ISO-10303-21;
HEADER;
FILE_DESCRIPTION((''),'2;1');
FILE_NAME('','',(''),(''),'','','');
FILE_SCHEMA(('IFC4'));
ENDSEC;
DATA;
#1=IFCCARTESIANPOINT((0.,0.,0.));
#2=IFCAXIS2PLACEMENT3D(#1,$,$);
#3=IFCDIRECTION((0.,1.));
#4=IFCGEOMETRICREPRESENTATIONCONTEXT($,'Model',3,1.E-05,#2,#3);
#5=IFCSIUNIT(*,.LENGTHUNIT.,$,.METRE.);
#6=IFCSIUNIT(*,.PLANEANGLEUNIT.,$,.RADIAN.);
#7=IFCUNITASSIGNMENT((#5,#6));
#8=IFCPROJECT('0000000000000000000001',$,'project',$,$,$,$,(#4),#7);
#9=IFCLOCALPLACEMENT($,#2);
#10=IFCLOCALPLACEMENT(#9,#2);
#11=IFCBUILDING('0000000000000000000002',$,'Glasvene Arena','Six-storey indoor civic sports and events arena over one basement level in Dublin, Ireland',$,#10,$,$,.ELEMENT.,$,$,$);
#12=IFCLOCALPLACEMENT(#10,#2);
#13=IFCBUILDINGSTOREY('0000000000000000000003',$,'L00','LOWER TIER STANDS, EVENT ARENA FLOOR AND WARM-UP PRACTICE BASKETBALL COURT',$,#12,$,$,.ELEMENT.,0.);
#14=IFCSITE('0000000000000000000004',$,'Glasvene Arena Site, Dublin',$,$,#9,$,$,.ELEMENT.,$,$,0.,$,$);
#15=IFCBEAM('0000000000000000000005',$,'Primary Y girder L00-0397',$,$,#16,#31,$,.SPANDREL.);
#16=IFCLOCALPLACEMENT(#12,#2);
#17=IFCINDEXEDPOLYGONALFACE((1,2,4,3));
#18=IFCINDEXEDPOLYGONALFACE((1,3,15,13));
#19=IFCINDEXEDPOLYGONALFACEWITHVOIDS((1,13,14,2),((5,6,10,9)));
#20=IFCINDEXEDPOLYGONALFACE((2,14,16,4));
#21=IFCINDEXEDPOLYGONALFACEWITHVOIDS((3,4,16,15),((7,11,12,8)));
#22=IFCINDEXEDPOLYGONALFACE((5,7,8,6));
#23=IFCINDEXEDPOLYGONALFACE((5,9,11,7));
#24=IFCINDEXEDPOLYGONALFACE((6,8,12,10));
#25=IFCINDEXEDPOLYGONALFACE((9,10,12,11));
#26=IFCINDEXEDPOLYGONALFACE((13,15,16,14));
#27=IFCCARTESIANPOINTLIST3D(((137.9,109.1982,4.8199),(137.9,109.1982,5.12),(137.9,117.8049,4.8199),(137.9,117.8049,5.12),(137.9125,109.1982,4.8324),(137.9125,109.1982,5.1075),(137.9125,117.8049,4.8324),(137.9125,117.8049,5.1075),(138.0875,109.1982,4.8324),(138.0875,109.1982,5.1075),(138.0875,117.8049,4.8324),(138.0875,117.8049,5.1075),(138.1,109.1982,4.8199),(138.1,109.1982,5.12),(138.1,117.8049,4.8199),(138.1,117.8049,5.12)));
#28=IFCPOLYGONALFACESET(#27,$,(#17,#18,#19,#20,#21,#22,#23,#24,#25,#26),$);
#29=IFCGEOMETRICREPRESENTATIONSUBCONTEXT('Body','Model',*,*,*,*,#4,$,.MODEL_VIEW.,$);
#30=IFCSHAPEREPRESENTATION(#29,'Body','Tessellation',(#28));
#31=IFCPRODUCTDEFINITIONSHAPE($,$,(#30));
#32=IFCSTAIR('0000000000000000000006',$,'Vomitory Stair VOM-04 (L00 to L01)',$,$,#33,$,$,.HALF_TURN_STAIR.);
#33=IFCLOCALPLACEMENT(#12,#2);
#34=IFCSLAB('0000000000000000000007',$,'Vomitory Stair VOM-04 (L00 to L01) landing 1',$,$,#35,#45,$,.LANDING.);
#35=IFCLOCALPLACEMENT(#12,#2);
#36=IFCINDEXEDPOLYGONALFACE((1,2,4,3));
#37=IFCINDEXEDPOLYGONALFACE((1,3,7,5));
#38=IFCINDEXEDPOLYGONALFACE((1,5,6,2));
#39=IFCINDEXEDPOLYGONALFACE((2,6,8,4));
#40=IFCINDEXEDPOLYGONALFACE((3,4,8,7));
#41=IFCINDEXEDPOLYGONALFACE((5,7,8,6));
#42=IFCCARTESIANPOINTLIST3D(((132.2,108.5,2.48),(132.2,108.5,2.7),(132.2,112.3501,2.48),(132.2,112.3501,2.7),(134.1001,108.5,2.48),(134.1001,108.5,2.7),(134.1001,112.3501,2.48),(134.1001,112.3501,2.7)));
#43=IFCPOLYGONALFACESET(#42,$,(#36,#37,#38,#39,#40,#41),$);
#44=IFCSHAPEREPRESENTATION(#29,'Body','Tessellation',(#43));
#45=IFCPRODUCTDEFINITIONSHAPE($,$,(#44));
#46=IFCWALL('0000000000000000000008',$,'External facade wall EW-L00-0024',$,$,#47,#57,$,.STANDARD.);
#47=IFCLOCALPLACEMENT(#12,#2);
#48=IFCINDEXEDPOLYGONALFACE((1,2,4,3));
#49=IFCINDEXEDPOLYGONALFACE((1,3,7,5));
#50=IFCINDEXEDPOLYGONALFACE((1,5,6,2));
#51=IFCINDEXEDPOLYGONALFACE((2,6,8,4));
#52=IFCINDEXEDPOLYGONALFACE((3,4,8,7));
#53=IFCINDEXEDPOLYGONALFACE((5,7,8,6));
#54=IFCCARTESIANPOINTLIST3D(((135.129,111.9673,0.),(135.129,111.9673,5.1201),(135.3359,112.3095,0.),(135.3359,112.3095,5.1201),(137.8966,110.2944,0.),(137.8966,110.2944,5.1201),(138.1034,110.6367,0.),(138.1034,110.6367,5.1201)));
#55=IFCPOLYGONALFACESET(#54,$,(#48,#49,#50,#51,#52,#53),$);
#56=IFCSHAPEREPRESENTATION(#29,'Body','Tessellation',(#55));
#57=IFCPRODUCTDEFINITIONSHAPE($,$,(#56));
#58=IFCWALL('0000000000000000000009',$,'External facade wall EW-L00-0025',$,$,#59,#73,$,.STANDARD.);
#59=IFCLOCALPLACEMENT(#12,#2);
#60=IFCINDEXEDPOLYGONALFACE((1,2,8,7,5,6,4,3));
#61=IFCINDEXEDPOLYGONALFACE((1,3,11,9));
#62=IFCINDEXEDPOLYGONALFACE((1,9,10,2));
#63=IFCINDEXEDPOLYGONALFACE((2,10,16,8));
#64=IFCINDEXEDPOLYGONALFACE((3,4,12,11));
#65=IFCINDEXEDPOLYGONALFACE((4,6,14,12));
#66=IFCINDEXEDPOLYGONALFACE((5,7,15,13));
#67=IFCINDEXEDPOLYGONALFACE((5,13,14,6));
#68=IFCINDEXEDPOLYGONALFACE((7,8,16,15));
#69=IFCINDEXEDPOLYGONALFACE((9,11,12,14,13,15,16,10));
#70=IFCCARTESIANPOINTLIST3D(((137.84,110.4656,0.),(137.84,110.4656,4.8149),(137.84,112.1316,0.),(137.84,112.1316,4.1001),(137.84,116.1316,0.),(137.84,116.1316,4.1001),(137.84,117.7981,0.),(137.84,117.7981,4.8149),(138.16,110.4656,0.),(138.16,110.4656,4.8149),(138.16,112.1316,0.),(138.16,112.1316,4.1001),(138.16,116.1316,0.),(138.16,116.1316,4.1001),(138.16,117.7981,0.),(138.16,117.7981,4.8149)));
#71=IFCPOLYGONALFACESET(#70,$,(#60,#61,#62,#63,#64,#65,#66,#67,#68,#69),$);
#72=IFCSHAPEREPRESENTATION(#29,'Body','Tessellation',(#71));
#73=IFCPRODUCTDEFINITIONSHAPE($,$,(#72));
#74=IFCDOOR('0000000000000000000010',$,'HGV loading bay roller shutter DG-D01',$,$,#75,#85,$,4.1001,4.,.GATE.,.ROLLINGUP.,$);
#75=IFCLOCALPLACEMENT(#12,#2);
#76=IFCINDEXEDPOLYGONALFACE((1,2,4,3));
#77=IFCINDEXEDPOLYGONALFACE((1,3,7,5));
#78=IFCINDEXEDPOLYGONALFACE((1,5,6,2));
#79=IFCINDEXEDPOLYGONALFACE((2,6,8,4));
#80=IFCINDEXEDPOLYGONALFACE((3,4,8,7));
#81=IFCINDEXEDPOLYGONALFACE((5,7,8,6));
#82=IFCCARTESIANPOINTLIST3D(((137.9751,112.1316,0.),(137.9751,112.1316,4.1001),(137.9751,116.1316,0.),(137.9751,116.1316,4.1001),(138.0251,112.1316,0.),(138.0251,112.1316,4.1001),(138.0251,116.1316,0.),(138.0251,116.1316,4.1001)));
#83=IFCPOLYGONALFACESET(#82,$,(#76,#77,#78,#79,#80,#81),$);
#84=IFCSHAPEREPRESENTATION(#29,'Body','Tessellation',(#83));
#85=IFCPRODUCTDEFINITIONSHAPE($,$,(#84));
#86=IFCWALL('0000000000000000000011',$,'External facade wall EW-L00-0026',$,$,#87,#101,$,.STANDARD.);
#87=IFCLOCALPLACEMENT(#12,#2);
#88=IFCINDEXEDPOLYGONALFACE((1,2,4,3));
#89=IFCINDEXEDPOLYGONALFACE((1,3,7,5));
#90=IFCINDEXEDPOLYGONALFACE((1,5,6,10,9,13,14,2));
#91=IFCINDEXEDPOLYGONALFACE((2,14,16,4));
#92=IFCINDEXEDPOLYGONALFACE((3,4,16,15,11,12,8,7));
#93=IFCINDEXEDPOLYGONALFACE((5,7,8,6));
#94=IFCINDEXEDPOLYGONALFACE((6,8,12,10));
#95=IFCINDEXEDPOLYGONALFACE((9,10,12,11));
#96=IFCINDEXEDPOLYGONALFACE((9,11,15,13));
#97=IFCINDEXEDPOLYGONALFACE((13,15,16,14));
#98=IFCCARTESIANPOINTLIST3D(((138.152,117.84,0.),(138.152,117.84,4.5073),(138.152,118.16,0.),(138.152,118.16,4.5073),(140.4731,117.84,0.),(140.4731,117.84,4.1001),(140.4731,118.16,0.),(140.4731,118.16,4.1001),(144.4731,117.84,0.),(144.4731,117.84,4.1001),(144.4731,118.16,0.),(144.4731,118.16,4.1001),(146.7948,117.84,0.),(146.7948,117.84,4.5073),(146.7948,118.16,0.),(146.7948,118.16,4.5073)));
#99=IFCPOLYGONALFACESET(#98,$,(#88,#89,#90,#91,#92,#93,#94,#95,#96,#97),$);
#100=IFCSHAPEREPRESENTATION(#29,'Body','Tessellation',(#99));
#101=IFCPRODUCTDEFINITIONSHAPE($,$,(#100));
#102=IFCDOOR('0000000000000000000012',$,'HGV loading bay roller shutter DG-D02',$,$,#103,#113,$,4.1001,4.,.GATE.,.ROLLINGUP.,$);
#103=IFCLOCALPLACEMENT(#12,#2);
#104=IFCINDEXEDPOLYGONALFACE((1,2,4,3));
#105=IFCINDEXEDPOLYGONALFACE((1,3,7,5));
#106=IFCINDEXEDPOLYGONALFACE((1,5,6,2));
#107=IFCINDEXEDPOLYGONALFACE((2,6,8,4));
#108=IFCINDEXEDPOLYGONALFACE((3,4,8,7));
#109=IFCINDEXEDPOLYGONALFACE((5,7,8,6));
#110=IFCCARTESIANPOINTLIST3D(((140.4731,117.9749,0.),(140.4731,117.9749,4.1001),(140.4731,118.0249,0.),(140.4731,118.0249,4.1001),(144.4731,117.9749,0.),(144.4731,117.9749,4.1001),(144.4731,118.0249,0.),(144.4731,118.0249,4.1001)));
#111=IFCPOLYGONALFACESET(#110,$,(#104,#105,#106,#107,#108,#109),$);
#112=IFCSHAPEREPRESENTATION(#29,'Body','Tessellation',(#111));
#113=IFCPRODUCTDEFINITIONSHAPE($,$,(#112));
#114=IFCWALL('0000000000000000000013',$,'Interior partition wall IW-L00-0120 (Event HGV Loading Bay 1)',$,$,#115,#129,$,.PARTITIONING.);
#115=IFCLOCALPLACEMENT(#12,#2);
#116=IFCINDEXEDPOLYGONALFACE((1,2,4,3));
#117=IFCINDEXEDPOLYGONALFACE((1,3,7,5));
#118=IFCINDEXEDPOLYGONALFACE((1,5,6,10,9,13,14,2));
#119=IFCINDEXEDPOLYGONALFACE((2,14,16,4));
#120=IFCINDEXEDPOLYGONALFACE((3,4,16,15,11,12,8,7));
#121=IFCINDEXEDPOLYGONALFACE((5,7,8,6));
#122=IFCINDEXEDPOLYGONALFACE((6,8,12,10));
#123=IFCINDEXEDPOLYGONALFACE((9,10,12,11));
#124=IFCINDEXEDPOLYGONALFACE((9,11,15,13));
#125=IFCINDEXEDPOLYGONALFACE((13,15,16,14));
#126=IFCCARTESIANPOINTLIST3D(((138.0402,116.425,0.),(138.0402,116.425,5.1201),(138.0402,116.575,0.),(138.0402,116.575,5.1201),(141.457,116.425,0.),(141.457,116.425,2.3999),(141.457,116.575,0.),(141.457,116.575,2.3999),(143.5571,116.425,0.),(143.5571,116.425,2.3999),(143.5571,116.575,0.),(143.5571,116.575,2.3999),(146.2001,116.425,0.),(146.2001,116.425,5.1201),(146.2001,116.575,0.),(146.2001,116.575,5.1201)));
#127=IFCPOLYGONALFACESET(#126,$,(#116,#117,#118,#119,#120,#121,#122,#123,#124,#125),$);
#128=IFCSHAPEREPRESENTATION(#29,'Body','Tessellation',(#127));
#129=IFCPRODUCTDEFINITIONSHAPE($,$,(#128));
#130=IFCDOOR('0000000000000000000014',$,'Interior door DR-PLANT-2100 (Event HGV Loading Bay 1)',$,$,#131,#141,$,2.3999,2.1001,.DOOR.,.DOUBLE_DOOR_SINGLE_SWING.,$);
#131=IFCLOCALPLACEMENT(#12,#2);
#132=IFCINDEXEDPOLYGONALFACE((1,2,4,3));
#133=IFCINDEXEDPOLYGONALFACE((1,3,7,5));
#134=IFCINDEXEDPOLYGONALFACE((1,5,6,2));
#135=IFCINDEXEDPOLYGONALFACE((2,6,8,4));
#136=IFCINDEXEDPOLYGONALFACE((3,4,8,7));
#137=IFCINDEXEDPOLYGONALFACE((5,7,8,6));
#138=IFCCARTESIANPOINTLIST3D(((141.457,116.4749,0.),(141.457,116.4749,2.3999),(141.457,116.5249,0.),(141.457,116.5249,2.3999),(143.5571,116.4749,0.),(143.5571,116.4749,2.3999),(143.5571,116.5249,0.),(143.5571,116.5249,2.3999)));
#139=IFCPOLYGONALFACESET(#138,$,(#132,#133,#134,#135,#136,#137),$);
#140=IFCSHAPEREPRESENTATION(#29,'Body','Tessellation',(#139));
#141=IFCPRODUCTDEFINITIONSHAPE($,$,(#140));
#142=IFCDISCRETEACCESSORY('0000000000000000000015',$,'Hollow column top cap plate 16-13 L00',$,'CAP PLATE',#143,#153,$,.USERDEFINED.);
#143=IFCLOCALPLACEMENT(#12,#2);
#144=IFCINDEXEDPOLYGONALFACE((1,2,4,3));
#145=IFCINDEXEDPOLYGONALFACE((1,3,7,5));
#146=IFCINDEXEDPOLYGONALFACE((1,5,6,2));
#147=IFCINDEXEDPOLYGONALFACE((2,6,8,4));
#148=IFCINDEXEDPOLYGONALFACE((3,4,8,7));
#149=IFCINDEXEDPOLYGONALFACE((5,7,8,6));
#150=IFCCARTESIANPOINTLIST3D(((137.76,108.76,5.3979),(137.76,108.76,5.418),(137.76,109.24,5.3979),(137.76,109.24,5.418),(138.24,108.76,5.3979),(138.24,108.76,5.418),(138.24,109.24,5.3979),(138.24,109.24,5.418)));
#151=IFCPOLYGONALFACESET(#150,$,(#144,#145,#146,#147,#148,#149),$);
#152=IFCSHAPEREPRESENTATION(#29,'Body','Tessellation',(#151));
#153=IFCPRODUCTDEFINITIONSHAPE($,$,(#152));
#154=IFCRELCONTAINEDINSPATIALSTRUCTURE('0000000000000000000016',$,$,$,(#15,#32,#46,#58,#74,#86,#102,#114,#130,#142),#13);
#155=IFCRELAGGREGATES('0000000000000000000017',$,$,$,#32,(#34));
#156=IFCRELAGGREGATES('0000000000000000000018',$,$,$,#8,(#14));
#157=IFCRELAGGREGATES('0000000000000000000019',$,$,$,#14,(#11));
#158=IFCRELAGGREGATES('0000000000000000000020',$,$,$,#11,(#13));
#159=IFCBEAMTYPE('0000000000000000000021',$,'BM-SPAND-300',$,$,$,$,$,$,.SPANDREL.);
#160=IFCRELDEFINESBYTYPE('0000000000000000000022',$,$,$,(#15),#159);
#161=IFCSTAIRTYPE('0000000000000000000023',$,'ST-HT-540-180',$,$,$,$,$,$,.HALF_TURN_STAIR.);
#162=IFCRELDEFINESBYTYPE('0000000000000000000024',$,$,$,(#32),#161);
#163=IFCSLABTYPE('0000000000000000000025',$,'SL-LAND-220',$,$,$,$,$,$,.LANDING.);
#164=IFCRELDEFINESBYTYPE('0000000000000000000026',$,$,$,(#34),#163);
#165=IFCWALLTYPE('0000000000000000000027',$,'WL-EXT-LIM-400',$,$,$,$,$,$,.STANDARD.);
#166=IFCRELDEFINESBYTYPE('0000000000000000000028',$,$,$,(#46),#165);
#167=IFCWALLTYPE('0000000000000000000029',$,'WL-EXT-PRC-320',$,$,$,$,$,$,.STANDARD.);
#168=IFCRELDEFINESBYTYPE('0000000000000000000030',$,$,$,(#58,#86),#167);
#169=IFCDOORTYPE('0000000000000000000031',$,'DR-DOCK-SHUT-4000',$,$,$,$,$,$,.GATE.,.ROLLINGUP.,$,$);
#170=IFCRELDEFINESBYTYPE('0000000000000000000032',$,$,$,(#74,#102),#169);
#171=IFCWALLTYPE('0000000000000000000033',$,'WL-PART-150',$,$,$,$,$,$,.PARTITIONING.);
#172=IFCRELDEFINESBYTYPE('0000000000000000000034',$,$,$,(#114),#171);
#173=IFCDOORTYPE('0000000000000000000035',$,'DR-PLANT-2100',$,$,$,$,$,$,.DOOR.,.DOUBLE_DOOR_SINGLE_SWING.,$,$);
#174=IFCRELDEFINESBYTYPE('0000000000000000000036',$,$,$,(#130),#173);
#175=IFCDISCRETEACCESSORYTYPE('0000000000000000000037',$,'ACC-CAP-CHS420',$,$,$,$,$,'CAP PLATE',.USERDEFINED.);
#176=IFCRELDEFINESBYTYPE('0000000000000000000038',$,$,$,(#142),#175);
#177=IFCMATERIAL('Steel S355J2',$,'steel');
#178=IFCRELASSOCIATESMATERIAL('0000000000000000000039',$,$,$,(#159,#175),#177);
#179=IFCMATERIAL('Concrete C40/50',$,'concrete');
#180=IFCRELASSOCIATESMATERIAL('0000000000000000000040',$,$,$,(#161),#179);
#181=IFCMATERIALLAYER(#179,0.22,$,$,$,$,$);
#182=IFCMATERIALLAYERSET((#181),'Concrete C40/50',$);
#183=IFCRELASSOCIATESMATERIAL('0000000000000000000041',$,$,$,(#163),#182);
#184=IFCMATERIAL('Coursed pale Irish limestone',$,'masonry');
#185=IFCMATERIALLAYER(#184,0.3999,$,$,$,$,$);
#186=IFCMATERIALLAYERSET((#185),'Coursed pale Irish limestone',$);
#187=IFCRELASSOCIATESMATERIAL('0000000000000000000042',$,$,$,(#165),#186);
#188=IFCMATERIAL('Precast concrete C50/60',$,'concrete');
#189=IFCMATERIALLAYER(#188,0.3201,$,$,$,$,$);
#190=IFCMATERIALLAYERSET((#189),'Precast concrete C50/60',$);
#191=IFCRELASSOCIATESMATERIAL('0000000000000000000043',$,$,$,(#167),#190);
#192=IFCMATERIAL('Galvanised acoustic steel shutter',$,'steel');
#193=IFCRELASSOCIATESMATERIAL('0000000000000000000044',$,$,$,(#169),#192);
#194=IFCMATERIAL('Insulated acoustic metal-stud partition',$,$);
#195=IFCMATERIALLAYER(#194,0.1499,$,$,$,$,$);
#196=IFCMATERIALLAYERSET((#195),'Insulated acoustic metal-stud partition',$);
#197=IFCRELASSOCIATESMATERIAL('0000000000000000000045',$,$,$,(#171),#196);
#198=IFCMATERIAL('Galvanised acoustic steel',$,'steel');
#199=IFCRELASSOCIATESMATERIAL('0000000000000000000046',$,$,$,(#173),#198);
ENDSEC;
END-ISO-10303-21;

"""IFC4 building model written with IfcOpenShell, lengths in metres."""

from ifc_helpers import new_model, si_unit, direction, frame, frame_2d, origin, origin_2d, place, context, subcontext, project, spatial, polyline, rectangle, hollow_rectangle, outline, extrude, material, layer, layer_set, material_profile, profile_set, type_object, element, fill, aggregate, save


model = new_model("IFC4")

# Units and contexts
model_context = context("Model", 3, precision=1e-05, world=origin(), true_north=direction((0.0, 1.0)))
body_context = subcontext(model_context, "Body", "Model", "MODEL_VIEW")
ifc_project = project(units=[si_unit("LENGTHUNIT", "METRE"), si_unit("PLANEANGLEUNIT", "RADIAN")], contexts=[model_context])

# Site, building, storey
site_placement = place(None, origin())
site = spatial("IfcSite", under=ifc_project, at=site_placement, Name="Glasvene Arena Site, Dublin", CompositionType="ELEMENT", RefElevation=0.0)
building_placement = place(site_placement, origin())
building = spatial("IfcBuilding", under=site, at=building_placement, Name="Glasvene Arena", Description="Six-storey indoor civic sports and events arena over one basement level in Dublin, Ireland", CompositionType="ELEMENT")
storey_placement = place(building_placement, origin())
storey = spatial("IfcBuildingStorey", under=building, at=storey_placement, Name="L00", Description="LOWER TIER STANDS, EVENT ARENA FLOOR AND WARM-UP PRACTICE BASKETBALL COURT", CompositionType="ELEMENT", Elevation=0.0)

# Shared definitions
ifc_material_1 = material(Name="Steel S355J2", Category="steel")

# Beam
ifc_material_profile_1 = material_profile(ifc_material_1, hollow_rectangle(XDim=0.2, YDim=0.3, WallThickness=0.0125, at=origin_2d()), Name="RHS 300x200x12.5")
ifc_profile_set_1 = profile_set([ifc_material_profile_1], Name="Steel S355J2")
beam_type_1 = type_object("IfcBeamType", Name="BM-SPAND-300", PredefinedType="SPANDREL", material=ifc_profile_set_1)
beam_placement = place(storey_placement, frame((138.0, 109.1982, 4.97), z_axis=(0.0, 1.0, 0.0), x_axis=(-1.0, 0.0, 0.0)))
element("IfcBeam", 1, at=beam_placement, inside=storey, type_object=beam_type_1, Name="Primary Y girder L00-0397", PredefinedType="SPANDREL", context=body_context, shape_type="SweptSolid", body=[
    extrude(hollow_rectangle(XDim=0.2, YDim=0.3, WallThickness=0.0125, at=origin_2d()), origin(), (0.0, 0.0, 1.0), 8.6067),
])

# Shared definitions
ifc_material_2 = material(Name="Concrete C40/50", Category="concrete")

# Stair, slab
stair_type = type_object("IfcStairType", Name="ST-HT-540-180", PredefinedType="HALF_TURN_STAIR", material=ifc_material_2)
stair_placement = place(storey_placement, origin())
stair = element("IfcStair", 2, at=stair_placement, inside=storey, type_object=stair_type, Name="Vomitory Stair VOM-04 (L00 to L01)", PredefinedType="HALF_TURN_STAIR")
ifc_layer_1 = layer(ifc_material_2, 0.22)
ifc_layer_set_1 = layer_set([ifc_layer_1], Name="Concrete C40/50")
slab_type_1 = type_object("IfcSlabType", Name="SL-LAND-220", PredefinedType="LANDING", material=ifc_layer_set_1)
slab_1_placement = place(storey_placement, frame((133.1499, 110.425, 2.48)))
slab_1 = element("IfcSlab", 3, at=slab_1_placement, type_object=slab_type_1, Name="Vomitory Stair VOM-04 (L00 to L01) landing 1", PredefinedType="LANDING", context=body_context, shape_type="SweptSolid", body=[
    extrude(outline(polyline([(-0.95, -1.925), (0.9502, -1.925), (0.9502, 1.925), (-0.95, 1.925), (-0.95, -1.925)])), origin(), (0.0, 0.0, 1.0), 0.22),
])
aggregate(stair, [slab_1])

# Wall
ifc_material_3 = material(Name="Coursed pale Irish limestone", Category="masonry")
ifc_layer_2 = layer(ifc_material_3, 0.3999)
ifc_layer_set_2 = layer_set([ifc_layer_2], Name="Coursed pale Irish limestone")
wall_type_1 = type_object("IfcWallType", Name="WL-EXT-LIM-400", PredefinedType="STANDARD", material=ifc_layer_set_2)
wall_1_placement = place(storey_placement, frame((135.2324, 112.1384, 0.0), z_axis=(0.0, 0.0, 1.0), x_axis=(0.85581, -0.517291, 0.0)))
element("IfcWall", 4, at=wall_1_placement, inside=storey, type_object=wall_type_1, Name="External facade wall EW-L00-0024", PredefinedType="STANDARD", context=body_context, shape_type="SweptSolid", body=[
    extrude(rectangle(XDim=3.2339, YDim=0.3999, at=frame_2d((1.6169, 0.0))), origin(), (0.0, 0.0, 1.0), 5.1201),
])

# Walls, openings, doors
ifc_material_4 = material(Name="Precast concrete C50/60", Category="concrete")
ifc_layer_3 = layer(ifc_material_4, 0.3201)
ifc_layer_set_3 = layer_set([ifc_layer_3], Name="Precast concrete C50/60")
wall_type_2 = type_object("IfcWallType", Name="WL-EXT-PRC-320", PredefinedType="STANDARD", material=ifc_layer_set_3)
wall_2_placement = place(storey_placement, frame((138.0, 110.4656, 0.0), z_axis=(0.0, 0.0, 1.0), x_axis=(0.0, 1.0, 0.0)))
wall_2 = element("IfcWall", 5, at=wall_2_placement, inside=storey, type_object=wall_type_2, Name="External facade wall EW-L00-0025", PredefinedType="STANDARD", context=body_context, shape_type="SweptSolid", body=[
    extrude(rectangle(XDim=7.3325, YDim=0.3201, at=frame_2d((3.6663, 0.0))), origin(), (0.0, 0.0, 1.0), 4.8149),
])
opening_1_placement = place(wall_2_placement, frame((1.666, 0.0, 0.0)))
opening_1 = element("IfcOpeningElement", 6, at=opening_1_placement, cuts=wall_2, PredefinedType="OPENING", context=body_context, shape_type="SweptSolid", body=[
    extrude(rectangle(XDim=4.0, YDim=4.1001, at=frame_2d((2.0, 2.05))), frame((0.0, 0.1699, 0.0), z_axis=(0.0, -1.0, 0.0), x_axis=(1.0, 0.0, 0.0)), (0.0, 0.0, 1.0), 0.3401),
])
ifc_material_5 = material(Name="Galvanised acoustic steel shutter", Category="steel")
door_type_1 = type_object("IfcDoorType", Name="DR-DOCK-SHUT-4000", OperationType="ROLLINGUP", PredefinedType="GATE", material=ifc_material_5)
door_1_placement = place(opening_1_placement, origin())
door_1 = element("IfcDoor", 7, at=door_1_placement, inside=storey, type_object=door_type_1, Name="HGV loading bay roller shutter DG-D01", OperationType="ROLLINGUP", OverallHeight=4.1001, OverallWidth=4.0, PredefinedType="GATE", context=body_context, shape_type="SweptSolid", body=[
    extrude(rectangle(XDim=4.0, YDim=4.1001, at=frame_2d((2.0, 2.05))), frame((0.0, 0.0249, 0.0), z_axis=(0.0, -1.0, 0.0), x_axis=(1.0, 0.0, 0.0)), (0.0, 0.0, 1.0), 0.05),
])
fill(opening_1, door_1)
wall_3_placement = place(storey_placement, frame((138.1521, 118.0, 0.0), z_axis=(0.0, 0.0, 1.0), x_axis=(1.0, 0.0, 0.0)))
wall_3 = element("IfcWall", 8, at=wall_3_placement, inside=storey, type_object=wall_type_2, Name="External facade wall EW-L00-0026", PredefinedType="STANDARD", context=body_context, shape_type="SweptSolid", body=[
    extrude(rectangle(XDim=8.6428, YDim=0.3201, at=frame_2d((4.3213, 0.0))), origin(), (0.0, 0.0, 1.0), 4.5073),
])
opening_2_placement = place(wall_3_placement, frame((2.321, 0.0, 0.0)))
opening_2 = element("IfcOpeningElement", 9, at=opening_2_placement, cuts=wall_3, PredefinedType="OPENING", context=body_context, shape_type="SweptSolid", body=[
    extrude(rectangle(XDim=4.0, YDim=4.1001, at=frame_2d((2.0, 2.05))), frame((0.0, 0.1699, 0.0), z_axis=(0.0, -1.0, 0.0), x_axis=(1.0, 0.0, 0.0)), (0.0, 0.0, 1.0), 0.3401),
])
door_2_placement = place(opening_2_placement, origin())
door_2 = element("IfcDoor", 10, at=door_2_placement, inside=storey, type_object=door_type_1, Name="HGV loading bay roller shutter DG-D02", OperationType="ROLLINGUP", OverallHeight=4.1001, OverallWidth=4.0, PredefinedType="GATE", context=body_context, shape_type="SweptSolid", body=[
    extrude(rectangle(XDim=4.0, YDim=4.1001, at=frame_2d((2.0, 2.05))), frame((0.0, 0.0249, 0.0), z_axis=(0.0, -1.0, 0.0), x_axis=(1.0, 0.0, 0.0)), (0.0, 0.0, 1.0), 0.05),
])
fill(opening_2, door_2)
ifc_material_6 = material(Name="Insulated acoustic metal-stud partition")
ifc_layer_4 = layer(ifc_material_6, 0.1499)
ifc_layer_set_4 = layer_set([ifc_layer_4], Name="Insulated acoustic metal-stud partition")
wall_type_3 = type_object("IfcWallType", Name="WL-PART-150", PredefinedType="PARTITIONING", material=ifc_layer_set_4)
wall_4_placement = place(storey_placement, frame((138.04, 116.5, 0.0), z_axis=(0.0, 0.0, 1.0), x_axis=(1.0, 0.0, 0.0)))
wall_4 = element("IfcWall", 11, at=wall_4_placement, inside=storey, type_object=wall_type_3, Name="Interior partition wall IW-L00-0120 (Event HGV Loading Bay 1)", PredefinedType="PARTITIONING", context=body_context, shape_type="SweptSolid", body=[
    extrude(rectangle(XDim=8.1599, YDim=0.1499, at=frame_2d((4.0801, 0.0))), origin(), (0.0, 0.0, 1.0), 5.1201),
])
opening_3_placement = place(wall_4_placement, frame((3.417, 0.0, 0.0)))
opening_3 = element("IfcOpeningElement", 12, at=opening_3_placement, cuts=wall_4, PredefinedType="OPENING", context=body_context, shape_type="SweptSolid", body=[
    extrude(rectangle(XDim=2.1001, YDim=2.3999, at=frame_2d((1.05, 1.2))), frame((0.0, 0.085, 0.0), z_axis=(0.0, -1.0, 0.0), x_axis=(1.0, 0.0, 0.0)), (0.0, 0.0, 1.0), 0.1699),
])
ifc_material_7 = material(Name="Galvanised acoustic steel", Category="steel")
door_type_2 = type_object("IfcDoorType", Name="DR-PLANT-2100", OperationType="DOUBLE_DOOR_SINGLE_SWING", PredefinedType="DOOR", material=ifc_material_7)
door_3_placement = place(opening_3_placement, origin())
door_3 = element("IfcDoor", 13, at=door_3_placement, inside=storey, type_object=door_type_2, Name="Interior door DR-PLANT-2100 (Event HGV Loading Bay 1)", OperationType="DOUBLE_DOOR_SINGLE_SWING", OverallHeight=2.3999, OverallWidth=2.1001, PredefinedType="DOOR", context=body_context, shape_type="SweptSolid", body=[
    extrude(rectangle(XDim=2.1001, YDim=2.3999, at=frame_2d((1.05, 1.2))), frame((0.0, 0.0249, 0.0), z_axis=(0.0, -1.0, 0.0), x_axis=(1.0, 0.0, 0.0)), (0.0, 0.0, 1.0), 0.05),
])
fill(opening_3, door_3)

# Discrete accessory
discrete_accessory_type = type_object("IfcDiscreteAccessoryType", Name="ACC-CAP-CHS420", ElementType="CAP PLATE", PredefinedType="USERDEFINED", material=ifc_material_1)
discrete_accessory_placement = place(storey_placement, frame((138.0, 109.0, 5.3979), z_axis=(0.0, 0.0, 1.0), x_axis=(1.0, 0.0, 0.0)))
element("IfcDiscreteAccessory", 14, at=discrete_accessory_placement, inside=storey, type_object=discrete_accessory_type, Name="Hollow column top cap plate 16-13 L00", ObjectType="CAP PLATE", PredefinedType="USERDEFINED", context=body_context, shape_type="SweptSolid", body=[
    extrude(rectangle(XDim=0.48, YDim=0.48, at=origin_2d()), origin(), (0.0, 0.0, 1.0), 0.02),
])

save(model, "model.ifc")
